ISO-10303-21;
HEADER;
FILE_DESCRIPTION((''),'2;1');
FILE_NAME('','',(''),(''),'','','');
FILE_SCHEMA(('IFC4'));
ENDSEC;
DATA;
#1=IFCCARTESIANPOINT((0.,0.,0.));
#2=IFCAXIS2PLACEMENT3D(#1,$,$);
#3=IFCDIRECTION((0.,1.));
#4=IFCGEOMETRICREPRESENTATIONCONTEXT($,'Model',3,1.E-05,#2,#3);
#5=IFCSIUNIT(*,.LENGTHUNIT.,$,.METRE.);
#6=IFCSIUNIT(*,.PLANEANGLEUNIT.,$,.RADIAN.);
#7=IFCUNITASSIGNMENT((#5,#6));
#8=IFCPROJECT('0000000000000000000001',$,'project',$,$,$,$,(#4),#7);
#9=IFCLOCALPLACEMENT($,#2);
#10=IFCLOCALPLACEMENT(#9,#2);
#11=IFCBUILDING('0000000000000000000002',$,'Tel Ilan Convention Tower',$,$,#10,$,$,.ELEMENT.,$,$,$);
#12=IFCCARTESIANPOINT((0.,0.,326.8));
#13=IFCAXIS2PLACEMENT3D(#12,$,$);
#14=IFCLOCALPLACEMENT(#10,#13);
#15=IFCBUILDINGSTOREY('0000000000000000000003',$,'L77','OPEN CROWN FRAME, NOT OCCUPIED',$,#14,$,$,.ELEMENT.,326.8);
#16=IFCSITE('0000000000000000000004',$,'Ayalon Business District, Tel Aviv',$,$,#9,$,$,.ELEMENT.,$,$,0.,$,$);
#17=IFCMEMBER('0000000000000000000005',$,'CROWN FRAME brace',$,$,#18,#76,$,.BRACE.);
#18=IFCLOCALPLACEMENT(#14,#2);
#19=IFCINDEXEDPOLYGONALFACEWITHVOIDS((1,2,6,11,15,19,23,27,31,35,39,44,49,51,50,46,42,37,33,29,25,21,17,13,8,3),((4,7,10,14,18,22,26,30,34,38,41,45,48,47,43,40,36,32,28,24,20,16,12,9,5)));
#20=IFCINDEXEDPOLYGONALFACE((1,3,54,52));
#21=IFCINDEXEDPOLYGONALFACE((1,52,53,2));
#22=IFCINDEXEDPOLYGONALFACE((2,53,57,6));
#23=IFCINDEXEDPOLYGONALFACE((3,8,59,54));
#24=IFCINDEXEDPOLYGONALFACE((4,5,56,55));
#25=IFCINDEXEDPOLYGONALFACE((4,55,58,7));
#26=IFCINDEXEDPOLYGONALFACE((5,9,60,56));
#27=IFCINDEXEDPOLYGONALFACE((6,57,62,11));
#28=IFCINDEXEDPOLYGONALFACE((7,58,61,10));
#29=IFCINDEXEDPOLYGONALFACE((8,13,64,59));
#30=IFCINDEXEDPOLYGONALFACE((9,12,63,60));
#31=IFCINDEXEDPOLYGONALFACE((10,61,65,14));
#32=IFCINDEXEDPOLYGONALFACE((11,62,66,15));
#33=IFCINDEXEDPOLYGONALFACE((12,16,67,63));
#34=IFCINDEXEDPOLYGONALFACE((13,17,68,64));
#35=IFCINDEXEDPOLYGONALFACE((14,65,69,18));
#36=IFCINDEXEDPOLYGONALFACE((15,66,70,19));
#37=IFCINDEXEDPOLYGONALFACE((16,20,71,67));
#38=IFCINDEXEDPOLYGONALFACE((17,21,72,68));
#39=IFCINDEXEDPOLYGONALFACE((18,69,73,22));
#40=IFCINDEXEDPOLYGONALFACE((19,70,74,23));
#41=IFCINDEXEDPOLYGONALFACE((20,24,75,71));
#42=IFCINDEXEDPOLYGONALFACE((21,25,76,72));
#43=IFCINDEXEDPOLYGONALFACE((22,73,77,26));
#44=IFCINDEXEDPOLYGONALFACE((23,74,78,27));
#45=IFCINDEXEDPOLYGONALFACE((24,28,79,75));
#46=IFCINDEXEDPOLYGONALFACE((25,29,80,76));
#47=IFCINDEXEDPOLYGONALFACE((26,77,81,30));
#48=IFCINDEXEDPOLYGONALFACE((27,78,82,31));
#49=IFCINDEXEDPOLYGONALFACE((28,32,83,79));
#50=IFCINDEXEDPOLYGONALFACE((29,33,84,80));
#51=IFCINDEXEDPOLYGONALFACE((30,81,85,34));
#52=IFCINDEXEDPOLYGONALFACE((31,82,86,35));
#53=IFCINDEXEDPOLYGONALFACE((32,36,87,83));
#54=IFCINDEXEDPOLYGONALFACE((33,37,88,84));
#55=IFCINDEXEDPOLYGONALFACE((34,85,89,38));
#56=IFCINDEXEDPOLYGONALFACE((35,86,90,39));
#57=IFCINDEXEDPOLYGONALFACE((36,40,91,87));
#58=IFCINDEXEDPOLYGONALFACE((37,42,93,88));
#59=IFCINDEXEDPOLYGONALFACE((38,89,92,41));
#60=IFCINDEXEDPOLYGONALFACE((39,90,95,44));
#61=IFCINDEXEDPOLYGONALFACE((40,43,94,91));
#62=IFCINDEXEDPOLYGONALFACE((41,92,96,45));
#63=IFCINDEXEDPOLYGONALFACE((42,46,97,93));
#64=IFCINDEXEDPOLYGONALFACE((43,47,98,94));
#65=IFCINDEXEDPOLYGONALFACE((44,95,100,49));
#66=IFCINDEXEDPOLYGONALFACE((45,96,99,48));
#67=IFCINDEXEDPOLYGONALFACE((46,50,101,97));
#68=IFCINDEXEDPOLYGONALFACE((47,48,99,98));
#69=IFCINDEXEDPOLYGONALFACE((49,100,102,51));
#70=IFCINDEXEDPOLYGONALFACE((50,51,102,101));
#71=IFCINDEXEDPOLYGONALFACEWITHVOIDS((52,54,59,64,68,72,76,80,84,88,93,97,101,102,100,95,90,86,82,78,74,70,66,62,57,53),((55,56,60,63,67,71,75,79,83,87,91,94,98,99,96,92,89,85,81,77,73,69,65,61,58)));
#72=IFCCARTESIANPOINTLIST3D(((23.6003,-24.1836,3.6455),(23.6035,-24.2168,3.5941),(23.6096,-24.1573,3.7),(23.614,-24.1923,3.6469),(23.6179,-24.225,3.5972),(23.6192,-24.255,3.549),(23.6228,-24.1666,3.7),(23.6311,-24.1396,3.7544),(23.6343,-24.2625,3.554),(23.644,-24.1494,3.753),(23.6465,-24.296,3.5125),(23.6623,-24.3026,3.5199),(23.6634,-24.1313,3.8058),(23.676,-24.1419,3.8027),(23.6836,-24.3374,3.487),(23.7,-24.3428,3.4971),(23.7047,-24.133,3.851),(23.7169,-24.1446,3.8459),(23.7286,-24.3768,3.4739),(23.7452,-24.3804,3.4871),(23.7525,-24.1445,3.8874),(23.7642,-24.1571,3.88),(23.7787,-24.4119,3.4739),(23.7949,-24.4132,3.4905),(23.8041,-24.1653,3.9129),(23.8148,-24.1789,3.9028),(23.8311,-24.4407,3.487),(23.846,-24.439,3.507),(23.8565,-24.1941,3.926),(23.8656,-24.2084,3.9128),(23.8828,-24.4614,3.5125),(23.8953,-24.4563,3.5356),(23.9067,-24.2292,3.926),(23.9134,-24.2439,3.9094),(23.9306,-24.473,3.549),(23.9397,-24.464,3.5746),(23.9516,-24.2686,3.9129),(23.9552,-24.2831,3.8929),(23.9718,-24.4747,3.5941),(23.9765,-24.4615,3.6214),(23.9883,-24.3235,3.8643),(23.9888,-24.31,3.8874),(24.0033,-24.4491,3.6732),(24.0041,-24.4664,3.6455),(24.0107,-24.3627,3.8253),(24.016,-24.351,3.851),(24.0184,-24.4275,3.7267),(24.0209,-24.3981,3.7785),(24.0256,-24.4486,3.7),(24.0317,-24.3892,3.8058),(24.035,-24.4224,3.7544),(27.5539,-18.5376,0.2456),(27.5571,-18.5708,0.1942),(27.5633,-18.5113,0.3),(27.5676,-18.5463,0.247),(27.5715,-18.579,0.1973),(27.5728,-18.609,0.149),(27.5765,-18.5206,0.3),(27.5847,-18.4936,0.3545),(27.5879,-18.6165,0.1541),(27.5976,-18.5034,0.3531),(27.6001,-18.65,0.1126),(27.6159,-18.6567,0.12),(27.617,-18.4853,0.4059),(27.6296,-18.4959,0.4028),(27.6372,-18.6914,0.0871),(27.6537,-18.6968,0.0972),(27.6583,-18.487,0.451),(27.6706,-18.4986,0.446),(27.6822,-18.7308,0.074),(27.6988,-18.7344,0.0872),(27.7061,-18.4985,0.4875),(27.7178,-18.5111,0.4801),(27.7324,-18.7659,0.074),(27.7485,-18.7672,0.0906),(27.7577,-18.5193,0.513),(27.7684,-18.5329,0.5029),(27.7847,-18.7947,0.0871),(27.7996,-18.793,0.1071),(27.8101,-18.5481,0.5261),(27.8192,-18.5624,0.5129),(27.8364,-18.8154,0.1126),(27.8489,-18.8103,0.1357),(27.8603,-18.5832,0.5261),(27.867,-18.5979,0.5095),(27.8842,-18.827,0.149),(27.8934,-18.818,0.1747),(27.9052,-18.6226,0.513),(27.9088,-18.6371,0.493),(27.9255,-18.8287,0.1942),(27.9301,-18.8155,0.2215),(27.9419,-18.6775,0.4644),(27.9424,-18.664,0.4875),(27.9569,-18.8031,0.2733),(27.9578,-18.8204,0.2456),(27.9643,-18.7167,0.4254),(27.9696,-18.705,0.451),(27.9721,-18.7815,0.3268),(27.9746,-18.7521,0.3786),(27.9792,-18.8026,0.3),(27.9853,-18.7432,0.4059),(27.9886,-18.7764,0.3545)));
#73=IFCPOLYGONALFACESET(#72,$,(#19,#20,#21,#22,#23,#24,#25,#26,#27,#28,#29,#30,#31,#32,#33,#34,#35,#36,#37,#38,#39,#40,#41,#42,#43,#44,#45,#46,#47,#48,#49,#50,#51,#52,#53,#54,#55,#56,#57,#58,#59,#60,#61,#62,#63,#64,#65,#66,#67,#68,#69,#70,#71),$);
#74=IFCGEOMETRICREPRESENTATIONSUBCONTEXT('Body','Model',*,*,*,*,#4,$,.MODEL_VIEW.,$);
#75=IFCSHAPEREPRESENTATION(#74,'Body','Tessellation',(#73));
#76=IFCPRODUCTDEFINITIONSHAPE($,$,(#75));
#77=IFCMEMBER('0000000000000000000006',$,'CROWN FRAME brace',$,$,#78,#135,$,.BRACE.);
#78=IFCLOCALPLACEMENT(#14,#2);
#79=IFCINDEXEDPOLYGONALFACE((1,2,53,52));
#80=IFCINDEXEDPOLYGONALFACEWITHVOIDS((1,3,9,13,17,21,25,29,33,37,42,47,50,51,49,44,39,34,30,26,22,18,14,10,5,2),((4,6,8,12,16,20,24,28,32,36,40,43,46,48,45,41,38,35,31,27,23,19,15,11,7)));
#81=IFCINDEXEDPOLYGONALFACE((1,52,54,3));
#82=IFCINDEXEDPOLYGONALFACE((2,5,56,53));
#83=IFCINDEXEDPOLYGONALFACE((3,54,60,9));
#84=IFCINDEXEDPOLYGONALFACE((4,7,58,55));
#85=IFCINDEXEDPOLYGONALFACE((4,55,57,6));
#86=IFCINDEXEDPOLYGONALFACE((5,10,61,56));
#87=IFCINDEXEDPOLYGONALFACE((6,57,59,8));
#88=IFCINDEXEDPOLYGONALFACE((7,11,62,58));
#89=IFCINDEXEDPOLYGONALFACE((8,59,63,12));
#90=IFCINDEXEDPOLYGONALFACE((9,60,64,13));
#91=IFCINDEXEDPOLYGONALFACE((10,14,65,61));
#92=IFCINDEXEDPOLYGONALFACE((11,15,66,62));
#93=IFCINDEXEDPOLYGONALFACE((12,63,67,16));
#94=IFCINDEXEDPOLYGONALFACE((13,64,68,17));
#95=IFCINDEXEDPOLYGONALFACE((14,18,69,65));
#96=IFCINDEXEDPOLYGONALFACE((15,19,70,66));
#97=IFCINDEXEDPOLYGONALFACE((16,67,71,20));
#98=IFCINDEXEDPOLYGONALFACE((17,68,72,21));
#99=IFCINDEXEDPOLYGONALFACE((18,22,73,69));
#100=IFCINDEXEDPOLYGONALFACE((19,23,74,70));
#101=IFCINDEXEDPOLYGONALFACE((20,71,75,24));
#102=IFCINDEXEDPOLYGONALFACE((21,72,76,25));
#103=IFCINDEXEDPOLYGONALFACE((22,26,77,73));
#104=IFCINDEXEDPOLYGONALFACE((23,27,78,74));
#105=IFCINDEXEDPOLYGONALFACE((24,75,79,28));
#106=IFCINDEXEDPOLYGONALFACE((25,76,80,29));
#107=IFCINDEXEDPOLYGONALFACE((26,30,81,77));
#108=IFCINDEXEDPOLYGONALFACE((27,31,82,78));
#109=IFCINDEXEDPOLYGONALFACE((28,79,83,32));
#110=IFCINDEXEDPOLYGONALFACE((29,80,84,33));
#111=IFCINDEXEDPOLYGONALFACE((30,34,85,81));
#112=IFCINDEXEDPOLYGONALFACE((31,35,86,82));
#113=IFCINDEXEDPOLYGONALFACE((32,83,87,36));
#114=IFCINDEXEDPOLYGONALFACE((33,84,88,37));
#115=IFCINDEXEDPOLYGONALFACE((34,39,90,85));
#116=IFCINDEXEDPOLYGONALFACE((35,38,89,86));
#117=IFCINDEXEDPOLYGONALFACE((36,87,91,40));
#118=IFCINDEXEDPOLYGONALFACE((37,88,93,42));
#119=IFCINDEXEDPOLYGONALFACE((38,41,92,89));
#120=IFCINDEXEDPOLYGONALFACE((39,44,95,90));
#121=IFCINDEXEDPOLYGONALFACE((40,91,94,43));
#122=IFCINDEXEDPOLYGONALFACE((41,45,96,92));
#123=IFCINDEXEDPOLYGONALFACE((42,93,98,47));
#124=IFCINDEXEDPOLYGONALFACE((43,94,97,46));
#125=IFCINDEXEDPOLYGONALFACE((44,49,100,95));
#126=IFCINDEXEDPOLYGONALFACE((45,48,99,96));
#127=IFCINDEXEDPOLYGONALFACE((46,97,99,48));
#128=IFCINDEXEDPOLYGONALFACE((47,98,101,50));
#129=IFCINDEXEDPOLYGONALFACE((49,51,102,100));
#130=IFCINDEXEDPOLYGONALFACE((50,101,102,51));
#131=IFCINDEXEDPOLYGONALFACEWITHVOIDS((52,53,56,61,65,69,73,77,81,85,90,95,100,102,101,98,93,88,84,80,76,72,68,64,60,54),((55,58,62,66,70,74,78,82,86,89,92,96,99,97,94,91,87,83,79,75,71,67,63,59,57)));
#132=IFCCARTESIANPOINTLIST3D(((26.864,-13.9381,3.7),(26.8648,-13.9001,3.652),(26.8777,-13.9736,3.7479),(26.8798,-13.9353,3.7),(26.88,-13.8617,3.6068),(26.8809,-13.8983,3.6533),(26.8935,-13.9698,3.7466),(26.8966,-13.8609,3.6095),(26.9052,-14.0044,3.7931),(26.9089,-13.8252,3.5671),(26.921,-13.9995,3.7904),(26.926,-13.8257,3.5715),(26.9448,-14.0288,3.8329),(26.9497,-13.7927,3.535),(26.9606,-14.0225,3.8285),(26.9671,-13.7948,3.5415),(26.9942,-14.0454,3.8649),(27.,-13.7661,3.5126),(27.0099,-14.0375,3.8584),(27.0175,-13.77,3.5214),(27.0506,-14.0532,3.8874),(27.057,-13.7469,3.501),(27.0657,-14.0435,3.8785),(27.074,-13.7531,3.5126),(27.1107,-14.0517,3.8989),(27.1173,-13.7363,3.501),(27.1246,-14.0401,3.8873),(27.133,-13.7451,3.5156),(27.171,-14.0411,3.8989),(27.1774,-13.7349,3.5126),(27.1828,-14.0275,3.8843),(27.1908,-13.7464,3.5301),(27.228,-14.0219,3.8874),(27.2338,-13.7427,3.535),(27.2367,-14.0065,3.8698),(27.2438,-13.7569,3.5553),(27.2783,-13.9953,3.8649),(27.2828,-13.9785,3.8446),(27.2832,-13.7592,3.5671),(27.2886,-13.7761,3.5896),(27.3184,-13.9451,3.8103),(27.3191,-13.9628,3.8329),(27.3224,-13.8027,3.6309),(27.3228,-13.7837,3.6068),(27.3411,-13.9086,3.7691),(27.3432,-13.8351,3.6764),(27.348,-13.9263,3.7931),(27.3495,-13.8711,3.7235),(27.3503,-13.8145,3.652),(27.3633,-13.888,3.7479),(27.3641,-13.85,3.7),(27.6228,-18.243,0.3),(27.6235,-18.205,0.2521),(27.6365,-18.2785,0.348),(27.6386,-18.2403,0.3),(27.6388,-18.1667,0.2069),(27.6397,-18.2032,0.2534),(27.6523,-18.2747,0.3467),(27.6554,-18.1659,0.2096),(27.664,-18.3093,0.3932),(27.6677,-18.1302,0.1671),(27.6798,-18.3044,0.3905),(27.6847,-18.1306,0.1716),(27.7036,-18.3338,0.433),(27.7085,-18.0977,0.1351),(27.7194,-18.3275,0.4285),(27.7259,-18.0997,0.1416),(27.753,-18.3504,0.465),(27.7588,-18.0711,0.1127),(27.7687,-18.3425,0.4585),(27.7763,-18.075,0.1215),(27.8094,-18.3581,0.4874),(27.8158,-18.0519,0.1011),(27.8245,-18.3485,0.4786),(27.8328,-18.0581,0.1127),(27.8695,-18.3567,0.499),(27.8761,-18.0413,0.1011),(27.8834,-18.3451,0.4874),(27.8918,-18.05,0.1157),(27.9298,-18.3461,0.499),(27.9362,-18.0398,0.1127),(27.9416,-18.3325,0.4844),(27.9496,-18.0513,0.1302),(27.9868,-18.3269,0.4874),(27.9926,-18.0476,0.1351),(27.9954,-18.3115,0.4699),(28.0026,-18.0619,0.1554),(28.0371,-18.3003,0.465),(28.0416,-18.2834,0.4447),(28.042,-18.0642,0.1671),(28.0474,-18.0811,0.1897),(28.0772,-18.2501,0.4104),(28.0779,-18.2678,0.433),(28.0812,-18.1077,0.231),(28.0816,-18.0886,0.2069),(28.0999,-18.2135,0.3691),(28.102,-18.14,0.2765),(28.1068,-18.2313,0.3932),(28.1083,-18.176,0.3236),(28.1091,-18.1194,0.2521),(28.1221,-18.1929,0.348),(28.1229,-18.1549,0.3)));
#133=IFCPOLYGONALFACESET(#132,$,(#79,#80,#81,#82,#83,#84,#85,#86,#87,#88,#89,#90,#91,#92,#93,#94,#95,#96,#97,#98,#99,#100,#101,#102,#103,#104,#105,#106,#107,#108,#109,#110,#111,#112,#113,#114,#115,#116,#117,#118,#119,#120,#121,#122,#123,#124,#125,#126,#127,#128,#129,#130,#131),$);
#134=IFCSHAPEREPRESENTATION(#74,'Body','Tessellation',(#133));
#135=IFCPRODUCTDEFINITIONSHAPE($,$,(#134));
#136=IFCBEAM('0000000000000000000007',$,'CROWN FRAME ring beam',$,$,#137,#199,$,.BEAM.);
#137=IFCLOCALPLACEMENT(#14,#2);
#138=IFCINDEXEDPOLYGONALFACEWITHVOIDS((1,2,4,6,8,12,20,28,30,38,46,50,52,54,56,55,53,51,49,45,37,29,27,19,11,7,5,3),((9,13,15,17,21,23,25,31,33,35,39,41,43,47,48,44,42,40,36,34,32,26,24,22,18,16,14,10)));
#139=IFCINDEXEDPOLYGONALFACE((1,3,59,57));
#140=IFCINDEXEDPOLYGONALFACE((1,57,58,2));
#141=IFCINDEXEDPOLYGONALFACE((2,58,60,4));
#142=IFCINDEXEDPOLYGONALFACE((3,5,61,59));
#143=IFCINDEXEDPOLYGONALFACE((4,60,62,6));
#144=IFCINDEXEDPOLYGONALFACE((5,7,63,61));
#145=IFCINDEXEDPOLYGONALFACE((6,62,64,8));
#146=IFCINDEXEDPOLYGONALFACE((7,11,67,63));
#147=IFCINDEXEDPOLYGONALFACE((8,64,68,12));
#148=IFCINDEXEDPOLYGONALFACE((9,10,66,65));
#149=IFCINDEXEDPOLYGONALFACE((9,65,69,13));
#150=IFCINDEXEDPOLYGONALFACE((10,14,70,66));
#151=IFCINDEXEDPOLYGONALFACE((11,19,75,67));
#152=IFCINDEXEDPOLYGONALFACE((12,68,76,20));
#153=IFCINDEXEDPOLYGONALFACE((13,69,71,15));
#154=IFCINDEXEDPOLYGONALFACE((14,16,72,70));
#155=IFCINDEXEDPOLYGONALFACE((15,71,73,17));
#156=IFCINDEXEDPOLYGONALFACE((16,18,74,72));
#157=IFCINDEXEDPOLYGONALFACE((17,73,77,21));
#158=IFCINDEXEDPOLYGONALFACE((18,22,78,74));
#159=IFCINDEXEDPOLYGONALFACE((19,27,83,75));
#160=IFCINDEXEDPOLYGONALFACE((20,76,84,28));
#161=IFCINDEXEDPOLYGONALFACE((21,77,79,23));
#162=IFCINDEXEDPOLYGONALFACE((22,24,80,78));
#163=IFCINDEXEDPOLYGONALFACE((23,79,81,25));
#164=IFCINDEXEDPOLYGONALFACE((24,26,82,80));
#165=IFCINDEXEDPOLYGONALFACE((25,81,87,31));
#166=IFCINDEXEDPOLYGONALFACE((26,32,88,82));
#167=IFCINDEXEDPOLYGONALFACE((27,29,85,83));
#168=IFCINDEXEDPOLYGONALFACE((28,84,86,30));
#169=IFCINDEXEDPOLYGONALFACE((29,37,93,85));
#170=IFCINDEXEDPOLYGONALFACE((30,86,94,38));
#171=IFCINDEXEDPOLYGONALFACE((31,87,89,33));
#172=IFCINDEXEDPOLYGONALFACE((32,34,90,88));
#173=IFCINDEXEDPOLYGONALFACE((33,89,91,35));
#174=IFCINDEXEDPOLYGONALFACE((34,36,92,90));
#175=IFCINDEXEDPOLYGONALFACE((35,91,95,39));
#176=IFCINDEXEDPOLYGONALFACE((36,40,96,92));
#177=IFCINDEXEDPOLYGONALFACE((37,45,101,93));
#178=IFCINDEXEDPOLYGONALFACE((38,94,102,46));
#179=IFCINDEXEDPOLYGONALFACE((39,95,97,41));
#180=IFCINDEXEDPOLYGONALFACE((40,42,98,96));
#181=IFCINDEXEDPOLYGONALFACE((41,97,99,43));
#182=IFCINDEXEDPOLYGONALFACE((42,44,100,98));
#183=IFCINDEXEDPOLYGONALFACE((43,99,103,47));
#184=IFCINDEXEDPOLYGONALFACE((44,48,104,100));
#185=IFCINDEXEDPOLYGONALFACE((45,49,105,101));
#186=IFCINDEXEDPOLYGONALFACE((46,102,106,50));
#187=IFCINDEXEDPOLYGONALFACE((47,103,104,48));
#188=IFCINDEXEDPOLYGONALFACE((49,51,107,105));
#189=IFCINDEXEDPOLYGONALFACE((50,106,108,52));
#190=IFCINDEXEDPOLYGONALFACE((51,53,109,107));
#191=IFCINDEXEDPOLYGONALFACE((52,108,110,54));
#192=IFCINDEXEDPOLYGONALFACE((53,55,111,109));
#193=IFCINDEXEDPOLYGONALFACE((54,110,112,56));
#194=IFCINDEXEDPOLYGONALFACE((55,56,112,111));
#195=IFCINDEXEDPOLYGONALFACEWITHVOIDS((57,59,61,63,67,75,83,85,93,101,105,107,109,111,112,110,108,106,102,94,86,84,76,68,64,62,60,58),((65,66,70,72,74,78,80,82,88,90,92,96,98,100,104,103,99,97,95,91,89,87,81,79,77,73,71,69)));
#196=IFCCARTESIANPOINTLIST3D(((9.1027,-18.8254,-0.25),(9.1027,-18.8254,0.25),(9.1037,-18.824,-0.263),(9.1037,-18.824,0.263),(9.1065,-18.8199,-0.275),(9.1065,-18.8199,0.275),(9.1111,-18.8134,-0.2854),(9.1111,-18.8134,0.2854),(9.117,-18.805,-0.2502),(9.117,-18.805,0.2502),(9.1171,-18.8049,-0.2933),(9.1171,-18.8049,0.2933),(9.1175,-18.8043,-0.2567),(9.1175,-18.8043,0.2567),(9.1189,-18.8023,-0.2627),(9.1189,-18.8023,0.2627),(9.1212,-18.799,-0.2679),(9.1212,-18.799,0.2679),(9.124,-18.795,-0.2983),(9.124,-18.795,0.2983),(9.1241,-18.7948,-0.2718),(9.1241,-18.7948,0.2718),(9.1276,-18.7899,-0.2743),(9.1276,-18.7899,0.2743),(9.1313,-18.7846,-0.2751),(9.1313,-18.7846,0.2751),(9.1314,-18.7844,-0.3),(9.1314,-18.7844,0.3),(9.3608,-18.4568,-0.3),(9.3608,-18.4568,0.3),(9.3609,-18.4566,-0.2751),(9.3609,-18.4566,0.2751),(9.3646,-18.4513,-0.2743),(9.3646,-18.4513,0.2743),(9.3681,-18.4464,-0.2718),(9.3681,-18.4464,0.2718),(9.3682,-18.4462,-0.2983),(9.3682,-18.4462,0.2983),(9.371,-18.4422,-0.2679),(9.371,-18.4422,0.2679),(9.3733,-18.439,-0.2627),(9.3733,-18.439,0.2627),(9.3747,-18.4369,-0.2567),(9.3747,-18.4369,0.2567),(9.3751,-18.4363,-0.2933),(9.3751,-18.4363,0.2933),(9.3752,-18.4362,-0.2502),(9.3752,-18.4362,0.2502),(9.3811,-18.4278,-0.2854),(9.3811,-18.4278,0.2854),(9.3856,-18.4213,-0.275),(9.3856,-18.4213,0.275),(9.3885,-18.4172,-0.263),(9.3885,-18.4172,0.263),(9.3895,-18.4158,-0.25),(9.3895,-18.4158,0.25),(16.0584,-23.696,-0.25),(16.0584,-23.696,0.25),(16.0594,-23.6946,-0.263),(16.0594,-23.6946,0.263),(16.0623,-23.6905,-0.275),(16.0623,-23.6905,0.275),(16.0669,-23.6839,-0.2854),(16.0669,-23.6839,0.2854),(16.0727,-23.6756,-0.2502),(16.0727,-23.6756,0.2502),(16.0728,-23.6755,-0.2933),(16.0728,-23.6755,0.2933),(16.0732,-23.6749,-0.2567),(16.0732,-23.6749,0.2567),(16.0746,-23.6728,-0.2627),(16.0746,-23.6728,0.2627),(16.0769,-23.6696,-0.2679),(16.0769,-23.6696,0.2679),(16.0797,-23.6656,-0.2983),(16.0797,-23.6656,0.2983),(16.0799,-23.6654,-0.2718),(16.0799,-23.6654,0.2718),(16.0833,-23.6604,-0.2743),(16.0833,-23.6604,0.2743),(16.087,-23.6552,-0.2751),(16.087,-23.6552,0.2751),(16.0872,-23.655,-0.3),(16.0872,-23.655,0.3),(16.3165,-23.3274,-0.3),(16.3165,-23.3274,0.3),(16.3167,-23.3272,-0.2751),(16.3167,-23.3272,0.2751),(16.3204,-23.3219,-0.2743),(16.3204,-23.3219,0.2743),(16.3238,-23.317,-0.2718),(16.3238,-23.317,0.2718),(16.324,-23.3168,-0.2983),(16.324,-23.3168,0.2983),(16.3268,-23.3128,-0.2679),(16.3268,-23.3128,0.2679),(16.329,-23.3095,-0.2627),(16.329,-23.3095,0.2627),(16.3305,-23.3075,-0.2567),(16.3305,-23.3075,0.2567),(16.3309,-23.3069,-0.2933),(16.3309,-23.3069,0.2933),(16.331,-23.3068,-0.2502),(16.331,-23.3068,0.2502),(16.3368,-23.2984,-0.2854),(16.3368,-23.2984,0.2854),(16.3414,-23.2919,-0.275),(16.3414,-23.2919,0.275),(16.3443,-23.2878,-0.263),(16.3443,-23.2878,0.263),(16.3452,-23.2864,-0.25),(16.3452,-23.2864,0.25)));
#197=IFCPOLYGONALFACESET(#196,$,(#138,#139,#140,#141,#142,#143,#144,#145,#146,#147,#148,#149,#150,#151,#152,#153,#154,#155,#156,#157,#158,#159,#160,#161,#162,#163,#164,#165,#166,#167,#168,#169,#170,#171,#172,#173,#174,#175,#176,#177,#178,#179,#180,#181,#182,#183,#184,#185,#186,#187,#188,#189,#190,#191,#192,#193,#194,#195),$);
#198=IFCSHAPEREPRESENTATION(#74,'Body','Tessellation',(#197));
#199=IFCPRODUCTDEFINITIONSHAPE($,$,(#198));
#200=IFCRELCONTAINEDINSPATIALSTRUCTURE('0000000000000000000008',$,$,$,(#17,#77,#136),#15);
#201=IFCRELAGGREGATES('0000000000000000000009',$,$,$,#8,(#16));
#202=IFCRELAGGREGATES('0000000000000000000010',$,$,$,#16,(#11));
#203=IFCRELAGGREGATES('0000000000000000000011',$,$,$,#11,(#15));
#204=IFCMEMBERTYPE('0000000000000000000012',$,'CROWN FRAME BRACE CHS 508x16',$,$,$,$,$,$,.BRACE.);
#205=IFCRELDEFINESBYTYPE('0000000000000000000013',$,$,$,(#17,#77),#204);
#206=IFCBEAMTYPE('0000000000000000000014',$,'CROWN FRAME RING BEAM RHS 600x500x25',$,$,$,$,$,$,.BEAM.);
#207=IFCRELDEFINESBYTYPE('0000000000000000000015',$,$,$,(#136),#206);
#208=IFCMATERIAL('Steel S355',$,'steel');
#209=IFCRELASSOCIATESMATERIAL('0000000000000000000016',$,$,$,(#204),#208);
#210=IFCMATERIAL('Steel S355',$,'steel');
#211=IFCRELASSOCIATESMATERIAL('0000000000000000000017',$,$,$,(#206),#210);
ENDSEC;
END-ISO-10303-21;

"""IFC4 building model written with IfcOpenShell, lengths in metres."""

from ifc_helpers import new_model, si_unit, direction, frame, origin, origin_2d, place, context, subcontext, project, spatial, hollow_rectangle, hollow_circle, extrude, material, material_profile, profile_set, type_object, element, save


model = new_model("IFC4")

# Units and contexts
model_context = context("Model", 3, precision=1e-05, world=origin(), true_north=direction((0.0, 1.0)))
body_context = subcontext(model_context, "Body", "Model", "MODEL_VIEW")
ifc_project = project(units=[si_unit("LENGTHUNIT", "METRE"), si_unit("PLANEANGLEUNIT", "RADIAN")], contexts=[model_context])

# Site, building, storey
site_placement = place(None, origin())
site = spatial("IfcSite", under=ifc_project, at=site_placement, Name="Ayalon Business District, Tel Aviv", CompositionType="ELEMENT", RefElevation=0.0)
building_placement = place(site_placement, origin())
building = spatial("IfcBuilding", under=site, at=building_placement, Name="Tel Ilan Convention Tower", CompositionType="ELEMENT")
storey_placement = place(building_placement, frame((0.0, 0.0, 326.8)))
storey = spatial("IfcBuildingStorey", under=building, at=storey_placement, Name="L77", Description="OPEN CROWN FRAME, NOT OCCUPIED", CompositionType="ELEMENT", Elevation=326.8)

# Members
ifc_material_1 = material(Name="Steel S355", Category="steel")
ifc_material_profile_1 = material_profile(ifc_material_1, hollow_circle(Radius=0.2539, WallThickness=0.0161, at=origin_2d()), Name="CHS 508x16")
ifc_profile_set_1 = profile_set([ifc_material_profile_1], Name="Steel S355")
member_type = type_object("IfcMemberType", Name="CROWN FRAME BRACE CHS 508x16", PredefinedType="BRACE", material=ifc_profile_set_1)
member_1_placement = place(storey_placement, frame((23.8176, -24.303, 3.7), z_axis=(0.514422, 0.734625, -0.442376), x_axis=(-0.819135, 0.5736, 0.0)))
element("IfcMember", 1, at=member_1_placement, inside=storey, type_object=member_type, Name="CROWN FRAME brace", PredefinedType="BRACE", context=body_context, shape_type="SweptSolid", body=[
    extrude(hollow_circle(Radius=0.2539, WallThickness=0.0161, at=origin_2d()), origin(), (0.0, 0.0, 1.0), 7.6855),
])
member_2_placement = place(storey_placement, frame((27.8728, -18.199, 0.3), z_axis=(-0.137019, 0.777368, 0.613942), x_axis=(-0.984819, -0.173585, 0.0)))
element("IfcMember", 2, at=member_2_placement, inside=storey, type_object=member_type, Name="CROWN FRAME brace", PredefinedType="BRACE", context=body_context, shape_type="SweptSolid", body=[
    extrude(hollow_circle(Radius=0.2539, WallThickness=0.0161, at=origin_2d()), origin(), (0.0, 0.0, 1.0), 5.5378),
])

# Beam
ifc_material_2 = material(Name="Steel S355", Category="steel")
ifc_material_profile_2 = material_profile(ifc_material_2, hollow_rectangle(XDim=0.5, YDim=0.6001, WallThickness=0.0249, InnerFilletRadius=0.0249, OuterFilletRadius=0.05, at=origin_2d()), Name="RHS 600x500x25")
ifc_profile_set_2 = profile_set([ifc_material_profile_2], Name="Steel S355")
beam_type = type_object("IfcBeamType", Name="CROWN FRAME RING BEAM RHS 600x500x25", PredefinedType="BEAM", material=ifc_profile_set_2)
beam_1_placement = place(storey_placement, frame((9.2461, -18.6206, 0.0), z_axis=(0.819147, -0.573584, 0.0), x_axis=(0.573584, 0.819147, 0.0)))
element("IfcBeam", 3, at=beam_1_placement, inside=storey, type_object=beam_type, Name="CROWN FRAME ring beam", PredefinedType="BEAM", context=body_context, shape_type="SweptSolid", body=[
    extrude(hollow_rectangle(XDim=0.5, YDim=0.6001, WallThickness=0.0249, InnerFilletRadius=0.0249, OuterFilletRadius=0.05, at=origin_2d()), origin(), (0.0, 0.0, 1.0), 8.4915),
])

save(model, "model.ifc")
